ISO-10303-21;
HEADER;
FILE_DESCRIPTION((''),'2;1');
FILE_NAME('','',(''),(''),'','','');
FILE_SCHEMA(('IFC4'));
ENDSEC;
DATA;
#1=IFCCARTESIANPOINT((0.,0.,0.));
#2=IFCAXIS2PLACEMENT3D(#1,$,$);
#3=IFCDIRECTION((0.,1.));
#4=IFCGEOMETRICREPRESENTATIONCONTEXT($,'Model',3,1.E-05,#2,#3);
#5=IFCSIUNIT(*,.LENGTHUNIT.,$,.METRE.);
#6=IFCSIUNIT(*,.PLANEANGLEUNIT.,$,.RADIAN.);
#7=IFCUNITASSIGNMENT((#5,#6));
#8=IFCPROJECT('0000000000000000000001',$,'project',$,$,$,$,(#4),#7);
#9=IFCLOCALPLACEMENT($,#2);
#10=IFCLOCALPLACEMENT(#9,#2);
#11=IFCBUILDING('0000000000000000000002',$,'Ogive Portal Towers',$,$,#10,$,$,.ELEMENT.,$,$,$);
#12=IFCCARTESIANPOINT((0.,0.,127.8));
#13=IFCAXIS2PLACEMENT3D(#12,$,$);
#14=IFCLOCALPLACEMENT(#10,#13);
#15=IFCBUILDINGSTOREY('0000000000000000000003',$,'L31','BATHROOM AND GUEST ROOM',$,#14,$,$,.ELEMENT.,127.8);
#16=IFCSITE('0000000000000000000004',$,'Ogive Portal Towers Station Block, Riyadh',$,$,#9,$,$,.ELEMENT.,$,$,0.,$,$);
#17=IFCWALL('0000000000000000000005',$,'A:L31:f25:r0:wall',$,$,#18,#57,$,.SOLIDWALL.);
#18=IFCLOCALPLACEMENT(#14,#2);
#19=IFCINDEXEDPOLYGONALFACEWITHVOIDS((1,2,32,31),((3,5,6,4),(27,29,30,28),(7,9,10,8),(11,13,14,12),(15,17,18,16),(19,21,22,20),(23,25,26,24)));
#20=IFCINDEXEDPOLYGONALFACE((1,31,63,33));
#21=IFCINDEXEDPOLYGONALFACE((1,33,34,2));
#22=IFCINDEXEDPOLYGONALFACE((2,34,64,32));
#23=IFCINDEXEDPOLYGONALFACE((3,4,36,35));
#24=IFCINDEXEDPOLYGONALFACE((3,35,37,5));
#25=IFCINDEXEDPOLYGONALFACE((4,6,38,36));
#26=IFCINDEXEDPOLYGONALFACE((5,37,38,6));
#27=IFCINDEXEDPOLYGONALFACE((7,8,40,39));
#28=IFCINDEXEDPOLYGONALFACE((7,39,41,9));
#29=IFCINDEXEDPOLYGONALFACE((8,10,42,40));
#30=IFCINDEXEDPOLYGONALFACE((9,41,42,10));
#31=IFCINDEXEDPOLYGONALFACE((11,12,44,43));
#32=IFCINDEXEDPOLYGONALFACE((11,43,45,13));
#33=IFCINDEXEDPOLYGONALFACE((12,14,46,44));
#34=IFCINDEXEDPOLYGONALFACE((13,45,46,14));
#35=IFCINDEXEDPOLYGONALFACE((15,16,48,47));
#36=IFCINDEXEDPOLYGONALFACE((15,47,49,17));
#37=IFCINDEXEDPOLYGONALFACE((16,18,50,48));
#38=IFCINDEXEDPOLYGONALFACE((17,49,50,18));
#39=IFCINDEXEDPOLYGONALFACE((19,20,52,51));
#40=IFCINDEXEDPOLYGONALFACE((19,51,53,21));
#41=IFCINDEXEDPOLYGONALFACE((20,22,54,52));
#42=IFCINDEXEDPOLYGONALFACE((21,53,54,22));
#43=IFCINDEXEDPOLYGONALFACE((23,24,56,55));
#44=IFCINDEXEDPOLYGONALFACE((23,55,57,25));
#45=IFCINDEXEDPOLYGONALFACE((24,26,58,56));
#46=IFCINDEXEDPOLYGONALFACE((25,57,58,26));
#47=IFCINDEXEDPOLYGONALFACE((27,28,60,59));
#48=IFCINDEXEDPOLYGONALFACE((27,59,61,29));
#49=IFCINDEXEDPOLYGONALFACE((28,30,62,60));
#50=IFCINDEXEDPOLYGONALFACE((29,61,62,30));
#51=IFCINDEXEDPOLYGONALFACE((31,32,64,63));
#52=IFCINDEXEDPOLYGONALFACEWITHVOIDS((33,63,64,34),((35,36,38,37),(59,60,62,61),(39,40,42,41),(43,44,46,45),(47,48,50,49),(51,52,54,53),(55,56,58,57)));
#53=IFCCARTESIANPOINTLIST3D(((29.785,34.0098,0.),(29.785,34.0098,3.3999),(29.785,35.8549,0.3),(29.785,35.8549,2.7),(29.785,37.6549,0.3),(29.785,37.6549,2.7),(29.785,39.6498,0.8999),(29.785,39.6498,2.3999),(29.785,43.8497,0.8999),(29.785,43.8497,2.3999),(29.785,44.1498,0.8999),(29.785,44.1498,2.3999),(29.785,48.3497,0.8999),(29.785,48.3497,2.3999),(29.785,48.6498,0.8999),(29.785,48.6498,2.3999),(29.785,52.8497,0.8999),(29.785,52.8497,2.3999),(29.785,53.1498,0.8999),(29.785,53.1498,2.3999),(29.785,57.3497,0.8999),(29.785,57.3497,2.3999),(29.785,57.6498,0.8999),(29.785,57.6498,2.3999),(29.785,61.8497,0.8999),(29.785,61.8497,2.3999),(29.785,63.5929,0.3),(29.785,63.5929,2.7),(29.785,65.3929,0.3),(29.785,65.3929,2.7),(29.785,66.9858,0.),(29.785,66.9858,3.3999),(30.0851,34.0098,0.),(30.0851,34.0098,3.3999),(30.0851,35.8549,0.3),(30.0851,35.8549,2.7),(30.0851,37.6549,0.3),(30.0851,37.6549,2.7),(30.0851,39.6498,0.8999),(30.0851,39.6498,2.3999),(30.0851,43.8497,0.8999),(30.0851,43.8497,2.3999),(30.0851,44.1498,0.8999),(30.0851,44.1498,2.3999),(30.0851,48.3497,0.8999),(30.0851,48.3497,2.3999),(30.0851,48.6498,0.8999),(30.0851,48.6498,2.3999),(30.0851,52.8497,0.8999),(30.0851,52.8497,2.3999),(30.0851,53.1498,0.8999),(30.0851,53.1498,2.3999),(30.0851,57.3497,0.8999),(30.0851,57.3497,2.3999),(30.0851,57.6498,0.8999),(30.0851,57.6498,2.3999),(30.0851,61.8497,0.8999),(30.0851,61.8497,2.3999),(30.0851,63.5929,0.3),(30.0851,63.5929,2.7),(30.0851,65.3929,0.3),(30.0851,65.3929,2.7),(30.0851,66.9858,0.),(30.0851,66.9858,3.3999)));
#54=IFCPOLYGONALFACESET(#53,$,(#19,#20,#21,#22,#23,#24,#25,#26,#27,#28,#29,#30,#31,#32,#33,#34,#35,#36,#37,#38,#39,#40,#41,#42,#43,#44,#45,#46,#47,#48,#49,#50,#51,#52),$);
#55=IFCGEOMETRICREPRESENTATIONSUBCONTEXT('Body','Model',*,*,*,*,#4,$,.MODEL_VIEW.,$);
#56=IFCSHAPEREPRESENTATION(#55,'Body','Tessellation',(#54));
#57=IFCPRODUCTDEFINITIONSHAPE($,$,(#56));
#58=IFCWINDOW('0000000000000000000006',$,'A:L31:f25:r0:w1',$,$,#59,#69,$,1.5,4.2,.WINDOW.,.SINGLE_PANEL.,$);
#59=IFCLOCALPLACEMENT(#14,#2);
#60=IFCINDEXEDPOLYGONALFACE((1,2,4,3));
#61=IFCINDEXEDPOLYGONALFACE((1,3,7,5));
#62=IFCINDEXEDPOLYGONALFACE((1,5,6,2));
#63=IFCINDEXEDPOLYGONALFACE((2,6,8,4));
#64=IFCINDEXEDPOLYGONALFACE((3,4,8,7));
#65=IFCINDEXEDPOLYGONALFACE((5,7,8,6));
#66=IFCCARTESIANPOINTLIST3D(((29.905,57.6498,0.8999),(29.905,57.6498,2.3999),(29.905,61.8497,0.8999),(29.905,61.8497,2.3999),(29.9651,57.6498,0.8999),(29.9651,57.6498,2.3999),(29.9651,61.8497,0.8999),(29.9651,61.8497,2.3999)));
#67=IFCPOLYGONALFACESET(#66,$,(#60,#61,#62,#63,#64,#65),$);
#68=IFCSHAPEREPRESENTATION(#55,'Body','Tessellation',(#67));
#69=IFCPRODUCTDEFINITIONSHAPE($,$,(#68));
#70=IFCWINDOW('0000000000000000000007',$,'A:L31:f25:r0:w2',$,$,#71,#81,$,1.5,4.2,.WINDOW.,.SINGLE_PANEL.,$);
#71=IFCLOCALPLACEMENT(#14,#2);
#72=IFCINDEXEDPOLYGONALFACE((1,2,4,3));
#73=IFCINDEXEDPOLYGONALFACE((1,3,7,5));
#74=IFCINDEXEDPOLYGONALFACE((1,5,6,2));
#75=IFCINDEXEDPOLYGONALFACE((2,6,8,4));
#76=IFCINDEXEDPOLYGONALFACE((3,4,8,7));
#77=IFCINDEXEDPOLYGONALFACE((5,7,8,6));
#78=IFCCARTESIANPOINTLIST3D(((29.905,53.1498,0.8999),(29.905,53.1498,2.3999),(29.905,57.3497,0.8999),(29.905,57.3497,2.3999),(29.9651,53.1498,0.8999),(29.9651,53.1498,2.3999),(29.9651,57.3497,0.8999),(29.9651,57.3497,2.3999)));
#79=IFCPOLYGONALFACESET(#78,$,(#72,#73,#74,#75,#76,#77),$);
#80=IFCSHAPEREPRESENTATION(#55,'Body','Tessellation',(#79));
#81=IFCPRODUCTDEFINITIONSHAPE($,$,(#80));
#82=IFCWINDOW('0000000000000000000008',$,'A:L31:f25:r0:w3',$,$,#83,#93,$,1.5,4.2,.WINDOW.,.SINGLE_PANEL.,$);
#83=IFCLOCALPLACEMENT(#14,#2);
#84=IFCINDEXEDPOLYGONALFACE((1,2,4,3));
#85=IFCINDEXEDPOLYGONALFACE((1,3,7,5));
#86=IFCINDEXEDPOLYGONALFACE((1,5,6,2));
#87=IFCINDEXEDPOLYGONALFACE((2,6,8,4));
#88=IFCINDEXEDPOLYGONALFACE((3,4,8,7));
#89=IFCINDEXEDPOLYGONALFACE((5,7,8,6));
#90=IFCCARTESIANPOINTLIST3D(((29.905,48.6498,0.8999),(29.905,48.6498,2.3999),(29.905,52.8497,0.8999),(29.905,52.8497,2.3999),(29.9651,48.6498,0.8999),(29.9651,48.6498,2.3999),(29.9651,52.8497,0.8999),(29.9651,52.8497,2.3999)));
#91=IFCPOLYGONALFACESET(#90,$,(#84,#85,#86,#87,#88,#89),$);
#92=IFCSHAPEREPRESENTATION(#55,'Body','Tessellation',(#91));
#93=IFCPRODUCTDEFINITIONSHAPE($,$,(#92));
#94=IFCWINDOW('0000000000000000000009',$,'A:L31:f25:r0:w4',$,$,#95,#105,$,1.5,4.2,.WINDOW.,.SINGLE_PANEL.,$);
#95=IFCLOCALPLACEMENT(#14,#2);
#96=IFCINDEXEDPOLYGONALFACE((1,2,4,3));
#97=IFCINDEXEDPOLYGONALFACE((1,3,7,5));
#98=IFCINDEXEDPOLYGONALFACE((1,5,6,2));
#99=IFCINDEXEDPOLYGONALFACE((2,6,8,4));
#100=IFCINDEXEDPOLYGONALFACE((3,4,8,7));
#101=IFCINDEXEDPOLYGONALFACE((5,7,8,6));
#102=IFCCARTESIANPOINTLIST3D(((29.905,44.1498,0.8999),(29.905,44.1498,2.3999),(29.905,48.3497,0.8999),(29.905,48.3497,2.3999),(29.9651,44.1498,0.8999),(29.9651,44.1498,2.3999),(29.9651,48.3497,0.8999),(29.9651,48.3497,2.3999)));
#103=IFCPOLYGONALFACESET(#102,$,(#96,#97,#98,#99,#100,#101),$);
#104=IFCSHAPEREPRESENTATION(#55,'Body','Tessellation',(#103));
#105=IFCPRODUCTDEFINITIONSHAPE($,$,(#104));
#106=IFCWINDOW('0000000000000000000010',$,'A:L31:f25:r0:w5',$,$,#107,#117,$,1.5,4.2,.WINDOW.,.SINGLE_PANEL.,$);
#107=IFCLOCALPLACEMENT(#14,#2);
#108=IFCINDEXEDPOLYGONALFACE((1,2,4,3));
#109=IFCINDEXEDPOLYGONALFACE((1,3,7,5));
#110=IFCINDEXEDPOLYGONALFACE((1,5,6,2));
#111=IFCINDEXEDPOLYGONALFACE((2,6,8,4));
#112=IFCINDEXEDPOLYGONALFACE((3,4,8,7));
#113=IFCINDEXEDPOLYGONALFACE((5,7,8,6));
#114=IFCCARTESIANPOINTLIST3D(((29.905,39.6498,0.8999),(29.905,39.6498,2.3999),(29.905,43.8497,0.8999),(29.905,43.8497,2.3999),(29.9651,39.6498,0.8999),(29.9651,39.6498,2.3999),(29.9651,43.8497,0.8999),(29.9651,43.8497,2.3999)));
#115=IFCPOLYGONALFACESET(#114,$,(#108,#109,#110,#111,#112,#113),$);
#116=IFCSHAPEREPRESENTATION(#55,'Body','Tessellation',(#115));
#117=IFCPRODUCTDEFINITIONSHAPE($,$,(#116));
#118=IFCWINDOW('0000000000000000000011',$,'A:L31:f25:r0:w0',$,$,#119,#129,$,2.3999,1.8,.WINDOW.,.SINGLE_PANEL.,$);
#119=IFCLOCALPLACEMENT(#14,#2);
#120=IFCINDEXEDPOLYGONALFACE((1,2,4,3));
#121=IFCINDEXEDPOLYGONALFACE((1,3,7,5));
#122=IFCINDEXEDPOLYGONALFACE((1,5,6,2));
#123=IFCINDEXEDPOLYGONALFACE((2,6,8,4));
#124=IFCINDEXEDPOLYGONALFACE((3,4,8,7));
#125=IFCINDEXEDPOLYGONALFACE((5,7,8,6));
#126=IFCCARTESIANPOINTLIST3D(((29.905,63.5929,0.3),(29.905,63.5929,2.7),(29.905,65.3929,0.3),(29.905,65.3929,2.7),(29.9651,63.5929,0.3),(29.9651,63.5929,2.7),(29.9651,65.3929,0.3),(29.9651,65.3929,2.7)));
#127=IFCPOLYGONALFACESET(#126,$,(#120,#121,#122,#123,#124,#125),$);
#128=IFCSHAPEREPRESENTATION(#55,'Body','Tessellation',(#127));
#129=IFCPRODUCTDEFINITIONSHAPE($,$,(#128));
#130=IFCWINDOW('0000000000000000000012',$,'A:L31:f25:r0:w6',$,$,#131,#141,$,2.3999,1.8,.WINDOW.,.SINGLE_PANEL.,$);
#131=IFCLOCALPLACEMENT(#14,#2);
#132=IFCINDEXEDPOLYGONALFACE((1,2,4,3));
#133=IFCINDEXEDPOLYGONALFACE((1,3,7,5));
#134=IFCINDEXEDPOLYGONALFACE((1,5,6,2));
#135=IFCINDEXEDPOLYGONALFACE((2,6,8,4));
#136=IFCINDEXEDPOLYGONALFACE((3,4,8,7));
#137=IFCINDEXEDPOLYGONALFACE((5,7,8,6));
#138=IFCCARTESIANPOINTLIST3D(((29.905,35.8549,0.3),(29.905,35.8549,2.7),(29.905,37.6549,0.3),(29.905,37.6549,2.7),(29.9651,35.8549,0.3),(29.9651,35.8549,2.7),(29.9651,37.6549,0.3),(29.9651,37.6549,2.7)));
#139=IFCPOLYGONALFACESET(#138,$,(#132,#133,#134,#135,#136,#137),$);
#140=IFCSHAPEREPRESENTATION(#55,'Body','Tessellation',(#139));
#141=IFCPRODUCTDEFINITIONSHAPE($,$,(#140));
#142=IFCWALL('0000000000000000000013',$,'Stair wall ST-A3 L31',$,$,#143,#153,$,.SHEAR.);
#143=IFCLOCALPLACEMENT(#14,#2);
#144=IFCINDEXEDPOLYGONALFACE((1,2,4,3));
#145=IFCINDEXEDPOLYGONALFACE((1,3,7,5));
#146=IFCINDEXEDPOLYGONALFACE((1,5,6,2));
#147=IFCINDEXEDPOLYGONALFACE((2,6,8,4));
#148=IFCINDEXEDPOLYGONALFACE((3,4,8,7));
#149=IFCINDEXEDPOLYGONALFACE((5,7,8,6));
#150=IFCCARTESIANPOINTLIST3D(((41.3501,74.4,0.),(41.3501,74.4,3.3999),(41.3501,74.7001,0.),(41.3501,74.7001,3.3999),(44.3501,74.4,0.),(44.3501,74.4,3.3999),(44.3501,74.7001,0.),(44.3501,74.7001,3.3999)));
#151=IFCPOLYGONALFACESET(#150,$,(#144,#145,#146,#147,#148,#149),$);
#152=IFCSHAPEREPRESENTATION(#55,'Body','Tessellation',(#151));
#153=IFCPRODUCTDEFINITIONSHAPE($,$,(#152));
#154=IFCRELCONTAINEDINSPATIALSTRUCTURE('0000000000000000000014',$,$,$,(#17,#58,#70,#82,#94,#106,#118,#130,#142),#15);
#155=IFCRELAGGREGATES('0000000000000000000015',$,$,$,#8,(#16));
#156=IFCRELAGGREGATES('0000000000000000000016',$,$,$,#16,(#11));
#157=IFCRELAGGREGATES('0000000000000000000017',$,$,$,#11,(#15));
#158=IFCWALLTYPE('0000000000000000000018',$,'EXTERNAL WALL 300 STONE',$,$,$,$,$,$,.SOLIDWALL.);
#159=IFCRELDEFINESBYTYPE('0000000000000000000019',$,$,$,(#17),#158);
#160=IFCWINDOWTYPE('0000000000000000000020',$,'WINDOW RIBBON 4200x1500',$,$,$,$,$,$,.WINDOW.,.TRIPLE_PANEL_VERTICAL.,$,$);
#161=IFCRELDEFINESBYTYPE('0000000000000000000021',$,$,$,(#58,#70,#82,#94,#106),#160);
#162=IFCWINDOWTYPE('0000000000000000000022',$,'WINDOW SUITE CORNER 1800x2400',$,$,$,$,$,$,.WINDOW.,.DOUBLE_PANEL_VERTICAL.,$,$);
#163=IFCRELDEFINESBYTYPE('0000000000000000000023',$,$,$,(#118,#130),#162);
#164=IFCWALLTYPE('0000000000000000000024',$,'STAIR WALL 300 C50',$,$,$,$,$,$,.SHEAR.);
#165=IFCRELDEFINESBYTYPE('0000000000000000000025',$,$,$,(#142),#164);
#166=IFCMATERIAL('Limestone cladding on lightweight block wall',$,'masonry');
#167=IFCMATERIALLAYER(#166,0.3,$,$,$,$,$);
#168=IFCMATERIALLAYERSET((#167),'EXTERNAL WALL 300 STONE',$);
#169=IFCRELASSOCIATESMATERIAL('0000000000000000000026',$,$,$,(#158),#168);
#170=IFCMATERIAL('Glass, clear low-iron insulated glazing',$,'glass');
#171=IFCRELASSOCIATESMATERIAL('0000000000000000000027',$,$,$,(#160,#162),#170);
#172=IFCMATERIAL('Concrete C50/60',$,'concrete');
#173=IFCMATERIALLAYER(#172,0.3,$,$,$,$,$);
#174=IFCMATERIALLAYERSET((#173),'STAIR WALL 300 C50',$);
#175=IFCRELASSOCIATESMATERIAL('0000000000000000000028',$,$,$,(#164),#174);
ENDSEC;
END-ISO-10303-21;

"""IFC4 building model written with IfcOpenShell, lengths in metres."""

from ifc_helpers import new_model, si_unit, direction, frame, frame_2d, origin, place, context, subcontext, project, spatial, rectangle, extrude, material, layer, layer_set, type_object, element, fill, save


model = new_model("IFC4")

# Units and contexts
model_context = context("Model", 3, precision=1e-05, world=origin(), true_north=direction((0.0, 1.0)))
body_context = subcontext(model_context, "Body", "Model", "MODEL_VIEW")
ifc_project = project(units=[si_unit("LENGTHUNIT", "METRE"), si_unit("PLANEANGLEUNIT", "RADIAN")], contexts=[model_context])

# Site, building, storey
site_placement = place(None, origin())
site = spatial("IfcSite", under=ifc_project, at=site_placement, Name="Ogive Portal Towers Station Block, Riyadh", CompositionType="ELEMENT", RefElevation=0.0)
building_placement = place(site_placement, origin())
building = spatial("IfcBuilding", under=site, at=building_placement, Name="Ogive Portal Towers", CompositionType="ELEMENT")
storey_placement = place(building_placement, frame((0.0, 0.0, 127.8)))
storey = spatial("IfcBuildingStorey", under=building, at=storey_placement, Name="L31", Description="BATHROOM AND GUEST ROOM", CompositionType="ELEMENT", Elevation=127.8)

# Shared definitions
ifc_material_1 = material(Name="Glass, clear low-iron insulated glazing", Category="glass")

# Wall, openings, windows
ifc_material_2 = material(Name="Limestone cladding on lightweight block wall", Category="masonry")
ifc_layer_1 = layer(ifc_material_2, 0.3)
ifc_layer_set_1 = layer_set([ifc_layer_1], Name="EXTERNAL WALL 300 STONE")
wall_type_1 = type_object("IfcWallType", Name="EXTERNAL WALL 300 STONE", PredefinedType="SOLIDWALL", material=ifc_layer_set_1)
wall_1_placement = place(storey_placement, frame((29.9351, 66.9858, 0.0), z_axis=(0.0, 0.0, 1.0), x_axis=(0.0, -1.0, 0.0)))
wall_1 = element("IfcWall", 1, at=wall_1_placement, inside=storey, type_object=wall_type_1, Name="A:L31:f25:r0:wall", PredefinedType="SOLIDWALL", context=body_context, shape_type="SweptSolid", body=[
    extrude(rectangle(XDim=32.9761, YDim=0.3, at=frame_2d((16.488, 0.0))), origin(), (0.0, 0.0, 1.0), 3.3999),
])
opening_1_placement = place(wall_1_placement, frame((1.593, 0.0, 0.3)))
opening_1 = element("IfcOpeningElement", 2, at=opening_1_placement, cuts=wall_1, PredefinedType="OPENING", context=body_context, shape_type="SweptSolid", body=[
    extrude(rectangle(XDim=1.8, YDim=2.3999, at=frame_2d((0.8999, 1.2))), frame((0.0, 0.1602, 0.0), z_axis=(0.0, -1.0, 0.0), x_axis=(1.0, 0.0, 0.0)), (0.0, 0.0, 1.0), 0.3201),
])
opening_2_placement = place(wall_1_placement, frame((5.136, 0.0, 0.8999)))
opening_2 = element("IfcOpeningElement", 3, at=opening_2_placement, cuts=wall_1, PredefinedType="OPENING", context=body_context, shape_type="SweptSolid", body=[
    extrude(rectangle(XDim=4.2, YDim=1.5, at=frame_2d((2.1001, 0.75))), frame((0.0, 0.1602, 0.0), z_axis=(0.0, -1.0, 0.0), x_axis=(1.0, 0.0, 0.0)), (0.0, 0.0, 1.0), 0.3201),
])
opening_3_placement = place(wall_1_placement, frame((9.636, 0.0, 0.8999)))
opening_3 = element("IfcOpeningElement", 4, at=opening_3_placement, cuts=wall_1, PredefinedType="OPENING", context=body_context, shape_type="SweptSolid", body=[
    extrude(rectangle(XDim=4.2, YDim=1.5, at=frame_2d((2.1001, 0.75))), frame((0.0, 0.1602, 0.0), z_axis=(0.0, -1.0, 0.0), x_axis=(1.0, 0.0, 0.0)), (0.0, 0.0, 1.0), 0.3201),
])
opening_4_placement = place(wall_1_placement, frame((14.136, 0.0, 0.8999)))
opening_4 = element("IfcOpeningElement", 5, at=opening_4_placement, cuts=wall_1, PredefinedType="OPENING", context=body_context, shape_type="SweptSolid", body=[
    extrude(rectangle(XDim=4.2, YDim=1.5, at=frame_2d((2.1001, 0.75))), frame((0.0, 0.1602, 0.0), z_axis=(0.0, -1.0, 0.0), x_axis=(1.0, 0.0, 0.0)), (0.0, 0.0, 1.0), 0.3201),
])
opening_5_placement = place(wall_1_placement, frame((18.636, 0.0, 0.8999)))
opening_5 = element("IfcOpeningElement", 6, at=opening_5_placement, cuts=wall_1, PredefinedType="OPENING", context=body_context, shape_type="SweptSolid", body=[
    extrude(rectangle(XDim=4.2, YDim=1.5, at=frame_2d((2.1001, 0.75))), frame((0.0, 0.1602, 0.0), z_axis=(0.0, -1.0, 0.0), x_axis=(1.0, 0.0, 0.0)), (0.0, 0.0, 1.0), 0.3201),
])
opening_6_placement = place(wall_1_placement, frame((23.136, 0.0, 0.8999)))
opening_6 = element("IfcOpeningElement", 7, at=opening_6_placement, cuts=wall_1, PredefinedType="OPENING", context=body_context, shape_type="SweptSolid", body=[
    extrude(rectangle(XDim=4.2, YDim=1.5, at=frame_2d((2.1001, 0.75))), frame((0.0, 0.1602, 0.0), z_axis=(0.0, -1.0, 0.0), x_axis=(1.0, 0.0, 0.0)), (0.0, 0.0, 1.0), 0.3201),
])
opening_7_placement = place(wall_1_placement, frame((29.3311, 0.0, 0.3)))
opening_7 = element("IfcOpeningElement", 8, at=opening_7_placement, cuts=wall_1, PredefinedType="OPENING", context=body_context, shape_type="SweptSolid", body=[
    extrude(rectangle(XDim=1.8, YDim=2.3999, at=frame_2d((0.8999, 1.2))), frame((0.0, 0.1602, 0.0), z_axis=(0.0, -1.0, 0.0), x_axis=(1.0, 0.0, 0.0)), (0.0, 0.0, 1.0), 0.3201),
])
window_type_1 = type_object("IfcWindowType", Name="WINDOW RIBBON 4200x1500", PartitioningType="TRIPLE_PANEL_VERTICAL", PredefinedType="WINDOW", material=ifc_material_1)
window_1_placement = place(opening_2_placement, origin())
window_1 = element("IfcWindow", 9, at=window_1_placement, inside=storey, type_object=window_type_1, Name="A:L31:f25:r0:w1", OverallHeight=1.5, OverallWidth=4.2, PartitioningType="SINGLE_PANEL", PredefinedType="WINDOW", context=body_context, shape_type="SweptSolid", body=[
    extrude(rectangle(XDim=4.2, YDim=1.5, at=frame_2d((2.1001, 0.75))), frame((0.0, 0.03, 0.0), z_axis=(0.0, -1.0, 0.0), x_axis=(1.0, 0.0, 0.0)), (0.0, 0.0, 1.0), 0.0601),
])
fill(opening_2, window_1)
window_2_placement = place(opening_3_placement, origin())
window_2 = element("IfcWindow", 10, at=window_2_placement, inside=storey, type_object=window_type_1, Name="A:L31:f25:r0:w2", OverallHeight=1.5, OverallWidth=4.2, PartitioningType="SINGLE_PANEL", PredefinedType="WINDOW", context=body_context, shape_type="SweptSolid", body=[
    extrude(rectangle(XDim=4.2, YDim=1.5, at=frame_2d((2.1001, 0.75))), frame((0.0, 0.03, 0.0), z_axis=(0.0, -1.0, 0.0), x_axis=(1.0, 0.0, 0.0)), (0.0, 0.0, 1.0), 0.0601),
])
fill(opening_3, window_2)
window_3_placement = place(opening_4_placement, origin())
window_3 = element("IfcWindow", 11, at=window_3_placement, inside=storey, type_object=window_type_1, Name="A:L31:f25:r0:w3", OverallHeight=1.5, OverallWidth=4.2, PartitioningType="SINGLE_PANEL", PredefinedType="WINDOW", context=body_context, shape_type="SweptSolid", body=[
    extrude(rectangle(XDim=4.2, YDim=1.5, at=frame_2d((2.1001, 0.75))), frame((0.0, 0.03, 0.0), z_axis=(0.0, -1.0, 0.0), x_axis=(1.0, 0.0, 0.0)), (0.0, 0.0, 1.0), 0.0601),
])
fill(opening_4, window_3)
window_4_placement = place(opening_5_placement, origin())
window_4 = element("IfcWindow", 12, at=window_4_placement, inside=storey, type_object=window_type_1, Name="A:L31:f25:r0:w4", OverallHeight=1.5, OverallWidth=4.2, PartitioningType="SINGLE_PANEL", PredefinedType="WINDOW", context=body_context, shape_type="SweptSolid", body=[
    extrude(rectangle(XDim=4.2, YDim=1.5, at=frame_2d((2.1001, 0.75))), frame((0.0, 0.03, 0.0), z_axis=(0.0, -1.0, 0.0), x_axis=(1.0, 0.0, 0.0)), (0.0, 0.0, 1.0), 0.0601),
])
fill(opening_5, window_4)
window_5_placement = place(opening_6_placement, origin())
window_5 = element("IfcWindow", 13, at=window_5_placement, inside=storey, type_object=window_type_1, Name="A:L31:f25:r0:w5", OverallHeight=1.5, OverallWidth=4.2, PartitioningType="SINGLE_PANEL", PredefinedType="WINDOW", context=body_context, shape_type="SweptSolid", body=[
    extrude(rectangle(XDim=4.2, YDim=1.5, at=frame_2d((2.1001, 0.75))), frame((0.0, 0.03, 0.0), z_axis=(0.0, -1.0, 0.0), x_axis=(1.0, 0.0, 0.0)), (0.0, 0.0, 1.0), 0.0601),
])
fill(opening_6, window_5)
window_type_2 = type_object("IfcWindowType", Name="WINDOW SUITE CORNER 1800x2400", PartitioningType="DOUBLE_PANEL_VERTICAL", PredefinedType="WINDOW", material=ifc_material_1)
window_6_placement = place(opening_1_placement, origin())
window_6 = element("IfcWindow", 14, at=window_6_placement, inside=storey, type_object=window_type_2, Name="A:L31:f25:r0:w0", OverallHeight=2.3999, OverallWidth=1.8, PartitioningType="SINGLE_PANEL", PredefinedType="WINDOW", context=body_context, shape_type="SweptSolid", body=[
    extrude(rectangle(XDim=1.8, YDim=2.3999, at=frame_2d((0.8999, 1.2))), frame((0.0, 0.03, 0.0), z_axis=(0.0, -1.0, 0.0), x_axis=(1.0, 0.0, 0.0)), (0.0, 0.0, 1.0), 0.0601),
])
fill(opening_1, window_6)
window_7_placement = place(opening_7_placement, origin())
window_7 = element("IfcWindow", 15, at=window_7_placement, inside=storey, type_object=window_type_2, Name="A:L31:f25:r0:w6", OverallHeight=2.3999, OverallWidth=1.8, PartitioningType="SINGLE_PANEL", PredefinedType="WINDOW", context=body_context, shape_type="SweptSolid", body=[
    extrude(rectangle(XDim=1.8, YDim=2.3999, at=frame_2d((0.8999, 1.2))), frame((0.0, 0.03, 0.0), z_axis=(0.0, -1.0, 0.0), x_axis=(1.0, 0.0, 0.0)), (0.0, 0.0, 1.0), 0.0601),
])
fill(opening_7, window_7)

# Wall
ifc_material_3 = material(Name="Concrete C50/60", Category="concrete")
ifc_layer_2 = layer(ifc_material_3, 0.3)
ifc_layer_set_2 = layer_set([ifc_layer_2], Name="STAIR WALL 300 C50")
wall_type_2 = type_object("IfcWallType", Name="STAIR WALL 300 C50", PredefinedType="SHEAR", material=ifc_layer_set_2)
wall_2_placement = place(storey_placement, frame((41.3501, 74.55, 0.0), z_axis=(0.0, 0.0, 1.0), x_axis=(1.0, 0.0, 0.0)))
element("IfcWall", 16, at=wall_2_placement, inside=storey, type_object=wall_type_2, Name="Stair wall ST-A3 L31", PredefinedType="SHEAR", context=body_context, shape_type="SweptSolid", body=[
    extrude(rectangle(XDim=3.0, YDim=0.3, at=frame_2d((1.5, 0.0))), origin(), (0.0, 0.0, 1.0), 3.3999),
])

save(model, "model.ifc")
